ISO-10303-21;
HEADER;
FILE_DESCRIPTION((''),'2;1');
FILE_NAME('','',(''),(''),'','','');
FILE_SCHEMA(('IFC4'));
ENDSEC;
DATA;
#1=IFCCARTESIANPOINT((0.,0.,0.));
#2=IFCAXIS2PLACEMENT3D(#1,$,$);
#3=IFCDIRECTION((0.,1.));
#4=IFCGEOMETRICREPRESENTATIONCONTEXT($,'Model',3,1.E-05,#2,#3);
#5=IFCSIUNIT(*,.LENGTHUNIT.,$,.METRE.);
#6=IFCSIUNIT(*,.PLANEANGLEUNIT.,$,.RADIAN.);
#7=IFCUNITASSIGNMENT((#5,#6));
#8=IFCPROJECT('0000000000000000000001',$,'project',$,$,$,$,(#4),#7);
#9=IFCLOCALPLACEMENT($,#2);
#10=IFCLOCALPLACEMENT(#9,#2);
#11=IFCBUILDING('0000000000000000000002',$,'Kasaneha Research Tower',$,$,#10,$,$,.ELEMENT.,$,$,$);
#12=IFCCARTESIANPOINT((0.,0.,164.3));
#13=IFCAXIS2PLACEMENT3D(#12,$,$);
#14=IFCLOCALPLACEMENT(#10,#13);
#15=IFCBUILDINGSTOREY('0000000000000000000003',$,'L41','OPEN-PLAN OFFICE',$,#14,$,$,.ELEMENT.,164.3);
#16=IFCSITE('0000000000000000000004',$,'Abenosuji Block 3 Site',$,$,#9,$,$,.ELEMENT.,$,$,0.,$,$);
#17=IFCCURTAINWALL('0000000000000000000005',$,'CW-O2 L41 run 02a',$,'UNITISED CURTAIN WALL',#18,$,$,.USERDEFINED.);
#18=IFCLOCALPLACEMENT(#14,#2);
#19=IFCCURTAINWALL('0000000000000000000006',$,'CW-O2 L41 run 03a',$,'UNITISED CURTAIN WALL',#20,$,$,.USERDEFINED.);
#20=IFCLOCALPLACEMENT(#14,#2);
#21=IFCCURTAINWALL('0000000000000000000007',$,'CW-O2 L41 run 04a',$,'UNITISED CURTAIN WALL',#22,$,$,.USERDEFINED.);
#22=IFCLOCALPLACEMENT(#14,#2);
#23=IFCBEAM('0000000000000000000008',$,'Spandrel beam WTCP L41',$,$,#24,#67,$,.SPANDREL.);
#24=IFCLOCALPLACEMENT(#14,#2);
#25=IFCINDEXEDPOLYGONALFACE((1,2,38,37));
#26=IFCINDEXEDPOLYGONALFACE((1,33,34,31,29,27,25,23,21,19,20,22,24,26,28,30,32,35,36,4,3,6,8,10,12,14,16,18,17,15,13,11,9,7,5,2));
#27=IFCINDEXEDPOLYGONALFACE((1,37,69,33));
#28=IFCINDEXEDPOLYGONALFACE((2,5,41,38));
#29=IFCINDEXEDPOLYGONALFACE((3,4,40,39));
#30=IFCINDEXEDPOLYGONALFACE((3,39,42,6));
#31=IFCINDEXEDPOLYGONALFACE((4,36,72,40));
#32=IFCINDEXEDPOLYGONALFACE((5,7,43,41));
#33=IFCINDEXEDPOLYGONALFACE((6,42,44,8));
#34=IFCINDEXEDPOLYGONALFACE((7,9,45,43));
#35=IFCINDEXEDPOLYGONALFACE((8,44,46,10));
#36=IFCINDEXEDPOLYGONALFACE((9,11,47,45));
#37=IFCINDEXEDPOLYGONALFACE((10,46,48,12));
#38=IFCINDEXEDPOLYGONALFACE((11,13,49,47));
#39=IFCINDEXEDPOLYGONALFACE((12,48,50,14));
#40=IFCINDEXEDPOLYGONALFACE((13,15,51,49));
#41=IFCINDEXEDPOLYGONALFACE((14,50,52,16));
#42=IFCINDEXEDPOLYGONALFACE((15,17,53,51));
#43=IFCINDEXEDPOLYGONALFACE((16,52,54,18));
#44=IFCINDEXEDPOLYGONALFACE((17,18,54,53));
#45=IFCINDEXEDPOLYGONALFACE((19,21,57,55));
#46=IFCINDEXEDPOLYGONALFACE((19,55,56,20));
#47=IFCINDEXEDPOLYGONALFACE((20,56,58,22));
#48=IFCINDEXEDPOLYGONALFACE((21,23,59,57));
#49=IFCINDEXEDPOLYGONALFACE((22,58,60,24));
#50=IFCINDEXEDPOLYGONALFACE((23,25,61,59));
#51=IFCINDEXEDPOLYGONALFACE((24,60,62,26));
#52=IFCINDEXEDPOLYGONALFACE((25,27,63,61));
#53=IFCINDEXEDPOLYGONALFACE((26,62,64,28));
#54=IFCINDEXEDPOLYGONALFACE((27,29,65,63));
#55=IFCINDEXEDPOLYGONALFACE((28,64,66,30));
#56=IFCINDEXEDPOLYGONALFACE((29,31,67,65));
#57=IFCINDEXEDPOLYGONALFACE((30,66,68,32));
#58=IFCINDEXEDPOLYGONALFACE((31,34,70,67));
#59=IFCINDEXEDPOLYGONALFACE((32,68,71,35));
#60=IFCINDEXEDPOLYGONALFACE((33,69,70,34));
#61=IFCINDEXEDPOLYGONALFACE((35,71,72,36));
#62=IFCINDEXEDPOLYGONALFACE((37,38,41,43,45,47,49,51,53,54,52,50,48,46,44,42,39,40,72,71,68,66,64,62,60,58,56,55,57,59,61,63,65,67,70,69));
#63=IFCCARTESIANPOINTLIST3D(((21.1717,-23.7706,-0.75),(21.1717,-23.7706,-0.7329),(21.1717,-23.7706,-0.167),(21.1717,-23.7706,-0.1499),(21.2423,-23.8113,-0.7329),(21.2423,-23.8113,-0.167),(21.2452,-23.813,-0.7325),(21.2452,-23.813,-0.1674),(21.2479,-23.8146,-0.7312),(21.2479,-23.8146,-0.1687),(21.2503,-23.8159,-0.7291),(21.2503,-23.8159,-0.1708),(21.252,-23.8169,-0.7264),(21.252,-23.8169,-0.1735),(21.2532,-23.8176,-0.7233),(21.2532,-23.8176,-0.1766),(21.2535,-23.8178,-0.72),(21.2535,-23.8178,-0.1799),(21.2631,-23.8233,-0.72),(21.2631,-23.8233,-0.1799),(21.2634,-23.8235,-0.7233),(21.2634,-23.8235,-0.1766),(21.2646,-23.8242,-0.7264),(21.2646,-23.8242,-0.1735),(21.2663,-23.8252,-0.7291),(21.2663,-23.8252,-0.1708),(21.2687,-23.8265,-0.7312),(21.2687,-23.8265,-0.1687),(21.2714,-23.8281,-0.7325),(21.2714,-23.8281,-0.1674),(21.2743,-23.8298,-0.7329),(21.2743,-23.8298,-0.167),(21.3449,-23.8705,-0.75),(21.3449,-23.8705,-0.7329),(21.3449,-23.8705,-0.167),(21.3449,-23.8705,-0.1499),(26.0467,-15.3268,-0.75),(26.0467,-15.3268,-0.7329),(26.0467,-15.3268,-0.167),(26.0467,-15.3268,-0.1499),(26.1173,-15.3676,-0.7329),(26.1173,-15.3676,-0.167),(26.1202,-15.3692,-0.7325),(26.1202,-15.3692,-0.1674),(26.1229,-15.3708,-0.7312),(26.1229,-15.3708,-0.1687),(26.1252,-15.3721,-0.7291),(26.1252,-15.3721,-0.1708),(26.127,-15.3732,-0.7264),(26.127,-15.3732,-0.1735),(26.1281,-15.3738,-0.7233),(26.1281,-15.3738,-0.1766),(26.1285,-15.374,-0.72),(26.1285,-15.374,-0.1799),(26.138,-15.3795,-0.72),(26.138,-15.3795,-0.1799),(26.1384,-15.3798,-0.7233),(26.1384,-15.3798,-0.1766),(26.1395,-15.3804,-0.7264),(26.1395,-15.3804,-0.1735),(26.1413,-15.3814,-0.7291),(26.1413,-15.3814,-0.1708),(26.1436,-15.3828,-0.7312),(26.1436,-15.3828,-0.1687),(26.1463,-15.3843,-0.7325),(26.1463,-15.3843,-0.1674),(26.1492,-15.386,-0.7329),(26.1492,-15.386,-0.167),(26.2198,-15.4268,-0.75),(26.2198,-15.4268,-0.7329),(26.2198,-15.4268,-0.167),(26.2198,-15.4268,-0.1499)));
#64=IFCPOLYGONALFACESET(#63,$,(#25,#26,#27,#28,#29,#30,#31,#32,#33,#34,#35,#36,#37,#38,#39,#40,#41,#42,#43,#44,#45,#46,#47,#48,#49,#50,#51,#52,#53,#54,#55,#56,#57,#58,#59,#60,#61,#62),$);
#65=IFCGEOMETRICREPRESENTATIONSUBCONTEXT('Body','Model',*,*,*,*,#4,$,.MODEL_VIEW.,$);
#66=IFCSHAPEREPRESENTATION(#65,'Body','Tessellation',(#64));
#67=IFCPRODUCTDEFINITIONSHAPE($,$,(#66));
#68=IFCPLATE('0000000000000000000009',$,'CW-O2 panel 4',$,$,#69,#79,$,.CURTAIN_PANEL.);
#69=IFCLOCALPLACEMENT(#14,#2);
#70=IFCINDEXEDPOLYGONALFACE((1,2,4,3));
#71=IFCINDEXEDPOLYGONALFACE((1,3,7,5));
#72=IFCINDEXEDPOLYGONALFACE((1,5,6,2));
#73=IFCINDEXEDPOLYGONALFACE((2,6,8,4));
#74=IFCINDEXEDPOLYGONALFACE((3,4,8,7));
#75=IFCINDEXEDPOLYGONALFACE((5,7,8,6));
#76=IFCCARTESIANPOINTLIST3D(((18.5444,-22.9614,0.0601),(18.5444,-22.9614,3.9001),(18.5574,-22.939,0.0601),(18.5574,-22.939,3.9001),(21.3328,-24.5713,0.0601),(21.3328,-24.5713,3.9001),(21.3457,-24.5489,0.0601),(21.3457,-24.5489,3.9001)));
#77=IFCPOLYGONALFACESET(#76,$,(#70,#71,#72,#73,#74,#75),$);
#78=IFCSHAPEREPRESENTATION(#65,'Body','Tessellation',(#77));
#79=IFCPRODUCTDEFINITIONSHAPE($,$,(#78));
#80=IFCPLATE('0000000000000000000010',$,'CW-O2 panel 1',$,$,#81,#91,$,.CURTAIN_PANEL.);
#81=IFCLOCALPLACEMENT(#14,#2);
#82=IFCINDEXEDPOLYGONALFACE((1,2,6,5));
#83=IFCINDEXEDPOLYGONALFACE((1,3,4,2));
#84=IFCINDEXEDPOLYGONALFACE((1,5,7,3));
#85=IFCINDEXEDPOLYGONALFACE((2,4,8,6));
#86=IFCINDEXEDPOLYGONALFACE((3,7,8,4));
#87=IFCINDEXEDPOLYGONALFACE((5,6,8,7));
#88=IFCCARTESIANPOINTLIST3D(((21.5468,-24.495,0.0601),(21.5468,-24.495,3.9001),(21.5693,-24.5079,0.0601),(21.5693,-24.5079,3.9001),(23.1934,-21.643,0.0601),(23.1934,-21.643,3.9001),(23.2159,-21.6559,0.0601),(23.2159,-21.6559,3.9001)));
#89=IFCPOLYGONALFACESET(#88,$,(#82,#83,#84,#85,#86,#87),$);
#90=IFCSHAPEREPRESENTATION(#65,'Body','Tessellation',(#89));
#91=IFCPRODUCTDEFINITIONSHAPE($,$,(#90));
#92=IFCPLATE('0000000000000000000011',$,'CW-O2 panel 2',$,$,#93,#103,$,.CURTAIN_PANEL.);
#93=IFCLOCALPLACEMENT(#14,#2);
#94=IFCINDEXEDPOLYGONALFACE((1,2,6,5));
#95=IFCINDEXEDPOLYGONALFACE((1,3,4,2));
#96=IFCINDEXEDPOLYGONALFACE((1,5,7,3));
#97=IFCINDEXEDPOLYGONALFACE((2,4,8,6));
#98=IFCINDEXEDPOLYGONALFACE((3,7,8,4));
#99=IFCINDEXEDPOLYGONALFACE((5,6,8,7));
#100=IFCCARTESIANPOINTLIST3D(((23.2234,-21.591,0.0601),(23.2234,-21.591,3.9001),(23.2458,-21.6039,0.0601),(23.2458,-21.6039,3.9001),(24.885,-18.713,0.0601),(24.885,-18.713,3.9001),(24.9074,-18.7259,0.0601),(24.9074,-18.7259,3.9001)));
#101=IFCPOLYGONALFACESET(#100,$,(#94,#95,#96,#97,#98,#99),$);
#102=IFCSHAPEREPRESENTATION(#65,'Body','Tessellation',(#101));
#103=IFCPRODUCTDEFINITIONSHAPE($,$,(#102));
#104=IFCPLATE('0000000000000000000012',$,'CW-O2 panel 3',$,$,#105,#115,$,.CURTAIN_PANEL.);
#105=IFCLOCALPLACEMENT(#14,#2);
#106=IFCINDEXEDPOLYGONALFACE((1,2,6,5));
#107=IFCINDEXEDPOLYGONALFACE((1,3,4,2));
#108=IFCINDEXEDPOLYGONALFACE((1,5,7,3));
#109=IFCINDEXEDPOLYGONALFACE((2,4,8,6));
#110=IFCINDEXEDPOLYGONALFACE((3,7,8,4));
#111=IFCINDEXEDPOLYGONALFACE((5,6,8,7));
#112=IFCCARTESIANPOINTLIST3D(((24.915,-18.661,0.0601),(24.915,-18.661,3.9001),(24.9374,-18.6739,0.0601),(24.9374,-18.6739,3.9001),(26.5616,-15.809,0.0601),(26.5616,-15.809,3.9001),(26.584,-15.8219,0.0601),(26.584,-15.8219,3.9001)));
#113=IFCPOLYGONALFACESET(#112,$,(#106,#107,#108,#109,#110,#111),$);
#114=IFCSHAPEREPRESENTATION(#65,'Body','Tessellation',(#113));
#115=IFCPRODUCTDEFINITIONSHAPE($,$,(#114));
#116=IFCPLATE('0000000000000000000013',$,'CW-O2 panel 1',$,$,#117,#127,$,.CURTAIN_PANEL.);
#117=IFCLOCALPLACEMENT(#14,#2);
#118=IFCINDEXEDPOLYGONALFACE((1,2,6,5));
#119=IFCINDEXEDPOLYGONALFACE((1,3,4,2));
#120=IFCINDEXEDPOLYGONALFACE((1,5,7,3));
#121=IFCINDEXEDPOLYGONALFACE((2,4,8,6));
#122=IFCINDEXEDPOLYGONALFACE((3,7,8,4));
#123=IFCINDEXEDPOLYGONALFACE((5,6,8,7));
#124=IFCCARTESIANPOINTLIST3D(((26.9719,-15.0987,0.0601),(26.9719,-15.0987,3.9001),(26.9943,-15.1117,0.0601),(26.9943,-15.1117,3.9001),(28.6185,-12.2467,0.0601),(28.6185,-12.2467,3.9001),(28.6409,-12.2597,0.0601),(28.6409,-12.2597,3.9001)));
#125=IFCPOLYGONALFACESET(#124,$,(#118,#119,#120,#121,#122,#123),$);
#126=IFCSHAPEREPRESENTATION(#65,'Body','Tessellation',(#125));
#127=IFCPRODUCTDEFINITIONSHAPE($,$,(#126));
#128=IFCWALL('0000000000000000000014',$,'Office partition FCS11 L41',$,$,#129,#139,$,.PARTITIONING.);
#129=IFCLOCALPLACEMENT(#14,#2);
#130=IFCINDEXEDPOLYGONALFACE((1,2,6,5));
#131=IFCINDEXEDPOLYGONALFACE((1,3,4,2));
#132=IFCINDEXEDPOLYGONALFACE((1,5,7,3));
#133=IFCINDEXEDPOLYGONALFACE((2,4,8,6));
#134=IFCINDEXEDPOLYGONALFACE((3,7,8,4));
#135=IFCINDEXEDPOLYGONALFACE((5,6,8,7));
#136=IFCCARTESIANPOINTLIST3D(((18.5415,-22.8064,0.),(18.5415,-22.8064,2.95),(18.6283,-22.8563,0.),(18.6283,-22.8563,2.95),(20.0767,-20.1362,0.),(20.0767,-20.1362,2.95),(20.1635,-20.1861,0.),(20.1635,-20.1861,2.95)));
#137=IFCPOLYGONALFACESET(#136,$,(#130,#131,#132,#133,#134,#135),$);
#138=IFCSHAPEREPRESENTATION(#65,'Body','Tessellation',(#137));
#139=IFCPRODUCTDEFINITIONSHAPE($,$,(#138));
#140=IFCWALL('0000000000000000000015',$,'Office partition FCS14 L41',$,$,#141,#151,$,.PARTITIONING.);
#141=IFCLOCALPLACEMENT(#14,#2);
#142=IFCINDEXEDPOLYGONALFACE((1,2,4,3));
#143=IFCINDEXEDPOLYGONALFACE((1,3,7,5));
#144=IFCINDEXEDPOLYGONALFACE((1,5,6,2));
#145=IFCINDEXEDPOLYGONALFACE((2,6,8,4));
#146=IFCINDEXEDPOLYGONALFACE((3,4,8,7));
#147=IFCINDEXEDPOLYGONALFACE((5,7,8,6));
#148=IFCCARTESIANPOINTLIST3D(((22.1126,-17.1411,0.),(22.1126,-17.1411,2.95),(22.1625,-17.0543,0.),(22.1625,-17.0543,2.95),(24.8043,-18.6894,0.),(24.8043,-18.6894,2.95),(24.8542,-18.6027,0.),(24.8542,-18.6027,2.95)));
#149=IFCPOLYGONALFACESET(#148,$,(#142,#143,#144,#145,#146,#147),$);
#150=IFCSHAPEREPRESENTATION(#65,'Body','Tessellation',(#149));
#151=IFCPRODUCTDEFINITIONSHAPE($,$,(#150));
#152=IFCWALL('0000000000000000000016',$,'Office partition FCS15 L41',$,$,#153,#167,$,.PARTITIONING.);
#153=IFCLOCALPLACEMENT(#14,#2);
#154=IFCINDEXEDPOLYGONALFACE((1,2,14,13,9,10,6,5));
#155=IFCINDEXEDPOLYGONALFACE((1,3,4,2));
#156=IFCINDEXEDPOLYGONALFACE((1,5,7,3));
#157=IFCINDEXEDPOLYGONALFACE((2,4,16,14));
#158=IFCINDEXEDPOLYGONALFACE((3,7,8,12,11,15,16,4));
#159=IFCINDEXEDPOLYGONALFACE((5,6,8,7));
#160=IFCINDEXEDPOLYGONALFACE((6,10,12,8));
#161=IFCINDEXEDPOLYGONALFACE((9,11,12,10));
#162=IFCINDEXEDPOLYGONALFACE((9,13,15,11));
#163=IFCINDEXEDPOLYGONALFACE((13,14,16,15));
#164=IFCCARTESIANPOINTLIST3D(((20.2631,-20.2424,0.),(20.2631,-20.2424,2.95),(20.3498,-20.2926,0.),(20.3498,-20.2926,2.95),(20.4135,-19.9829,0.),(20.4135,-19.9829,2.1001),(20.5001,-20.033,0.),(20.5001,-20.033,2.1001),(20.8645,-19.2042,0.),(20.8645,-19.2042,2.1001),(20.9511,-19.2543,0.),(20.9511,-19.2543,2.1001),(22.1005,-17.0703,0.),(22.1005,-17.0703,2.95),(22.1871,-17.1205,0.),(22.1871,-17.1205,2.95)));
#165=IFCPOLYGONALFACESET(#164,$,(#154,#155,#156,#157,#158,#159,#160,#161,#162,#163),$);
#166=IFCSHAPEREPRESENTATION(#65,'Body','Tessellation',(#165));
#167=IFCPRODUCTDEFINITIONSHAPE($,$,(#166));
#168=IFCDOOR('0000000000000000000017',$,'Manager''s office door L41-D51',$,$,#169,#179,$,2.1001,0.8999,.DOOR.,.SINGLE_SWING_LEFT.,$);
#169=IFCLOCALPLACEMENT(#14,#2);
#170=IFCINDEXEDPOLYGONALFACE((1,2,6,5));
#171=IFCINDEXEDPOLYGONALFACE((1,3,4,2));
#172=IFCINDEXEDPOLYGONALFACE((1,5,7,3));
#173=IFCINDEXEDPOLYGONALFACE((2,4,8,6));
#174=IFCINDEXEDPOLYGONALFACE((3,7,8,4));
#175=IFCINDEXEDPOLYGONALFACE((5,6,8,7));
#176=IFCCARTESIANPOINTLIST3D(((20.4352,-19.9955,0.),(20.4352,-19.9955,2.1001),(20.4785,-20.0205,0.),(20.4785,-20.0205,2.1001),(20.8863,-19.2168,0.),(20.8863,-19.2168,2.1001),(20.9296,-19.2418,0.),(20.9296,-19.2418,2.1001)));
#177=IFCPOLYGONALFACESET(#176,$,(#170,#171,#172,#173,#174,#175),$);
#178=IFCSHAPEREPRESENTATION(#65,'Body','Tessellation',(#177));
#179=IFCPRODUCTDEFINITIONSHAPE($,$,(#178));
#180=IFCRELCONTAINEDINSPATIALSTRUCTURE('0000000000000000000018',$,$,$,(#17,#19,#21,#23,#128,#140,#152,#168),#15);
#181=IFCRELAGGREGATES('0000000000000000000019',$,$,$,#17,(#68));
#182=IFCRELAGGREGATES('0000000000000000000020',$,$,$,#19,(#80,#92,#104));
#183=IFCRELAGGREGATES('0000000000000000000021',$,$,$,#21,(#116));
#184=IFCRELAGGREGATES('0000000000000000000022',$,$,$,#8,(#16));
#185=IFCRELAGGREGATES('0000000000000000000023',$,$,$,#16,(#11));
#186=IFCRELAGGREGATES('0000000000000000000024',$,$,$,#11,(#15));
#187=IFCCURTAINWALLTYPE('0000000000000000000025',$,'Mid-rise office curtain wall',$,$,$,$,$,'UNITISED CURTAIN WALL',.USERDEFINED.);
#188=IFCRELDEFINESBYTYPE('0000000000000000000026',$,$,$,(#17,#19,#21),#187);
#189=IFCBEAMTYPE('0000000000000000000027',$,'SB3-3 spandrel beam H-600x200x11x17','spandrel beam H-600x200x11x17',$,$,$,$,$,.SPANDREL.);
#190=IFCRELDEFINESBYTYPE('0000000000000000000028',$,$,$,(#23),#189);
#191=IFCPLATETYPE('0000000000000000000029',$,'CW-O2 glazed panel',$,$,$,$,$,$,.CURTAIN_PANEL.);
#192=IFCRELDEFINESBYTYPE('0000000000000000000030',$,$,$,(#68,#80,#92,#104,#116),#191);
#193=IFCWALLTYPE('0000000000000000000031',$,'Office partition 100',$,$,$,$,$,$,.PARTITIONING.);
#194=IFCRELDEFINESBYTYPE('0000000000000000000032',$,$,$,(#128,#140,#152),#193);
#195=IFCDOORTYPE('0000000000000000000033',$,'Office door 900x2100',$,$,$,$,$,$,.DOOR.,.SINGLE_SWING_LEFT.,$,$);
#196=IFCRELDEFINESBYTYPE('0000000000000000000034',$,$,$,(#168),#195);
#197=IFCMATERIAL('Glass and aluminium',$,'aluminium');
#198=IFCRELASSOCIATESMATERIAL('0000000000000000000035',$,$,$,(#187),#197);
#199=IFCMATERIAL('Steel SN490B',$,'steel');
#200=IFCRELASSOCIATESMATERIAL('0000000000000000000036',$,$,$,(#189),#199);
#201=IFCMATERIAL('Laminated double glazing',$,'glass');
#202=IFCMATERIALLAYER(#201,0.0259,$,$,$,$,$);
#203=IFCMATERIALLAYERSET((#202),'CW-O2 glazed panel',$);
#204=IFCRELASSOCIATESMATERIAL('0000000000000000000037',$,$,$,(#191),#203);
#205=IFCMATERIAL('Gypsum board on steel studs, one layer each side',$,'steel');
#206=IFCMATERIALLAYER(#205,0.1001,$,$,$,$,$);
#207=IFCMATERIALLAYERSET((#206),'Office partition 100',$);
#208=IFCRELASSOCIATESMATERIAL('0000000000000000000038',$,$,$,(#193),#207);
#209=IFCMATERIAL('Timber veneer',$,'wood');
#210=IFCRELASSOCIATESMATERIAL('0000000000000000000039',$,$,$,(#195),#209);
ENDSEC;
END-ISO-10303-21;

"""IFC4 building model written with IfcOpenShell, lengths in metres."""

from ifc_helpers import new_model, si_unit, direction, frame, frame_2d, origin, origin_2d, place, context, subcontext, project, spatial, rectangle, i_section, extrude, material, layer, layer_set, material_profile, profile_set, type_object, element, fill, aggregate, save


model = new_model("IFC4")

# Units and contexts
model_context = context("Model", 3, precision=1e-05, world=origin(), true_north=direction((0.0, 1.0)))
body_context = subcontext(model_context, "Body", "Model", "MODEL_VIEW")
ifc_project = project(units=[si_unit("LENGTHUNIT", "METRE"), si_unit("PLANEANGLEUNIT", "RADIAN")], contexts=[model_context])

# Site, building, storey
site_placement = place(None, origin())
site = spatial("IfcSite", under=ifc_project, at=site_placement, Name="Abenosuji Block 3 Site", CompositionType="ELEMENT", RefElevation=0.0)
building_placement = place(site_placement, origin())
building = spatial("IfcBuilding", under=site, at=building_placement, Name="Kasaneha Research Tower", CompositionType="ELEMENT")
storey_placement = place(building_placement, frame((0.0, 0.0, 164.3)))
storey = spatial("IfcBuildingStorey", under=building, at=storey_placement, Name="L41", Description="OPEN-PLAN OFFICE", CompositionType="ELEMENT", Elevation=164.3)

# Curtain wall
ifc_material_1 = material(Name="Glass and aluminium", Category="aluminium")
curtain_wall_type = type_object("IfcCurtainWallType", Name="Mid-rise office curtain wall", ElementType="UNITISED CURTAIN WALL", PredefinedType="USERDEFINED", material=ifc_material_1)
curtain_wall_1_placement = place(storey_placement, origin())
curtain_wall_1 = element("IfcCurtainWall", 1, at=curtain_wall_1_placement, inside=storey, type_object=curtain_wall_type, Name="CW-O2 L41 run 02a", ObjectType="UNITISED CURTAIN WALL", PredefinedType="USERDEFINED")

# Curtain walls
curtain_wall_2_placement = place(storey_placement, origin())
curtain_wall_2 = element("IfcCurtainWall", 2, at=curtain_wall_2_placement, inside=storey, type_object=curtain_wall_type, Name="CW-O2 L41 run 03a", ObjectType="UNITISED CURTAIN WALL", PredefinedType="USERDEFINED")
curtain_wall_3_placement = place(storey_placement, origin())
curtain_wall_3 = element("IfcCurtainWall", 3, at=curtain_wall_3_placement, inside=storey, type_object=curtain_wall_type, Name="CW-O2 L41 run 04a", ObjectType="UNITISED CURTAIN WALL", PredefinedType="USERDEFINED")

# Beam
ifc_material_2 = material(Name="Steel SN490B", Category="steel")
ifc_material_profile_1 = material_profile(ifc_material_2, i_section(OverallWidth=0.2, OverallDepth=0.6001, WebThickness=0.011, FlangeThickness=0.0171, FilletRadius=0.0129, at=origin_2d()), Name="H-600x200x11x17")
ifc_profile_set_1 = profile_set([ifc_material_profile_1], Name="Steel SN490B")
beam_type = type_object("IfcBeamType", Name="SB3-3 spandrel beam H-600x200x11x17", Description="spandrel beam H-600x200x11x17", PredefinedType="SPANDREL", material=ifc_profile_set_1)
beam_placement = place(storey_placement, frame((21.2583, -23.8206, -0.45), z_axis=(0.499996, 0.866028, 0.0), x_axis=(-0.866028, 0.499996, 0.0)))
element("IfcBeam", 4, at=beam_placement, inside=storey, type_object=beam_type, Name="Spandrel beam WTCP L41", PredefinedType="SPANDREL", context=body_context, shape_type="SweptSolid", body=[
    extrude(i_section(OverallWidth=0.2, OverallDepth=0.6001, WebThickness=0.011, FlangeThickness=0.0171, FilletRadius=0.0129, at=origin_2d()), origin(), (0.0, 0.0, 1.0), 9.75),
])

# Plates
ifc_material_3 = material(Name="Laminated double glazing", Category="glass")
ifc_layer_1 = layer(ifc_material_3, 0.0259)
ifc_layer_set_1 = layer_set([ifc_layer_1], Name="CW-O2 glazed panel")
plate_type = type_object("IfcPlateType", Name="CW-O2 glazed panel", PredefinedType="CURTAIN_PANEL", material=ifc_layer_set_1)
plate_1_placement = place(storey_placement, frame((19.9451, -23.7551, 0.0601), z_axis=(0.0, 0.0, 1.0), x_axis=(0.866025, -0.5, 0.0)))
plate_1 = element("IfcPlate", 5, at=plate_1_placement, type_object=plate_type, Name="CW-O2 panel 4", PredefinedType="CURTAIN_PANEL", context=body_context, shape_type="SweptSolid", body=[
    extrude(rectangle(XDim=3.2197, YDim=0.0259, at=origin_2d()), origin(), (0.0, 0.0, 1.0), 3.8401),
])
aggregate(curtain_wall_1, [plate_1])
plate_2_placement = place(storey_placement, frame((22.3813, -23.0754, 0.0601), z_axis=(0.0, 0.0, 1.0), x_axis=(0.5, 0.866025, 0.0)))
plate_2 = element("IfcPlate", 6, at=plate_2_placement, type_object=plate_type, Name="CW-O2 panel 1", PredefinedType="CURTAIN_PANEL", context=body_context, shape_type="SweptSolid", body=[
    extrude(rectangle(XDim=3.2932, YDim=0.0259, at=origin_2d()), origin(), (0.0, 0.0, 1.0), 3.8401),
])
plate_3_placement = place(storey_placement, frame((24.0654, -20.1584, 0.0601), z_axis=(0.0, 0.0, 1.0), x_axis=(0.5, 0.866025, 0.0)))
plate_3 = element("IfcPlate", 7, at=plate_3_placement, type_object=plate_type, Name="CW-O2 panel 2", PredefinedType="CURTAIN_PANEL", context=body_context, shape_type="SweptSolid", body=[
    extrude(rectangle(XDim=3.3232, YDim=0.0259, at=origin_2d()), origin(), (0.0, 0.0, 1.0), 3.8401),
])
plate_4_placement = place(storey_placement, frame((25.7495, -17.2415, 0.0601), z_axis=(0.0, 0.0, 1.0), x_axis=(0.5, 0.866025, 0.0)))
plate_4 = element("IfcPlate", 8, at=plate_4_placement, type_object=plate_type, Name="CW-O2 panel 3", PredefinedType="CURTAIN_PANEL", context=body_context, shape_type="SweptSolid", body=[
    extrude(rectangle(XDim=3.2932, YDim=0.0259, at=origin_2d()), origin(), (0.0, 0.0, 1.0), 3.8401),
])
aggregate(curtain_wall_2, [plate_2, plate_3, plate_4])
plate_5_placement = place(storey_placement, frame((27.8064, -13.6792, 0.0601), z_axis=(0.0, 0.0, 1.0), x_axis=(0.5, 0.866025, 0.0)))
plate_5 = element("IfcPlate", 9, at=plate_5_placement, type_object=plate_type, Name="CW-O2 panel 1", PredefinedType="CURTAIN_PANEL", context=body_context, shape_type="SweptSolid", body=[
    extrude(rectangle(XDim=3.2932, YDim=0.0259, at=origin_2d()), origin(), (0.0, 0.0, 1.0), 3.8401),
])
aggregate(curtain_wall_3, [plate_5])

# Walls
ifc_material_4 = material(Name="Gypsum board on steel studs, one layer each side", Category="steel")
ifc_layer_2 = layer(ifc_material_4, 0.1001)
ifc_layer_set_2 = layer_set([ifc_layer_2], Name="Office partition 100")
wall_type_1 = type_object("IfcWallType", Name="Office partition 100", PredefinedType="PARTITIONING", material=ifc_layer_set_2)
wall_1_placement = place(storey_placement, frame((20.1201, -20.1611, 0.0), z_axis=(0.0, 0.0, 1.0), x_axis=(-0.498425, -0.866933, 0.0)))
element("IfcWall", 10, at=wall_1_placement, inside=storey, type_object=wall_type_1, Name="Office partition FCS11 L41", PredefinedType="PARTITIONING", context=body_context, shape_type="SweptSolid", body=[
    extrude(rectangle(XDim=3.0801, YDim=0.1001, at=frame_2d((1.54, 0.0))), origin(), (0.0, 0.0, 1.0), 2.95),
])
wall_2_placement = place(storey_placement, frame((22.1375, -17.0977, 0.0), z_axis=(0.0, 0.0, 1.0), x_axis=(0.866817, -0.498626, 0.0)))
element("IfcWall", 11, at=wall_2_placement, inside=storey, type_object=wall_type_1, Name="Office partition FCS14 L41", PredefinedType="PARTITIONING", context=body_context, shape_type="SweptSolid", body=[
    extrude(rectangle(XDim=3.1052, YDim=0.1001, at=frame_2d((1.5527, 0.0))), origin(), (0.0, 0.0, 1.0), 2.95),
])

# Wall, opening, door
wall_3_placement = place(storey_placement, frame((20.3064, -20.2676, 0.0), z_axis=(0.0, 0.0, 1.0), x_axis=(0.501223, 0.865318, 0.0)))
wall_3 = element("IfcWall", 12, at=wall_3_placement, inside=storey, type_object=wall_type_1, Name="Office partition FCS15 L41", PredefinedType="PARTITIONING", context=body_context, shape_type="SweptSolid", body=[
    extrude(rectangle(XDim=3.6658, YDim=0.1001, at=frame_2d((1.833, 0.0))), origin(), (0.0, 0.0, 1.0), 2.95),
])
opening_1_placement = place(wall_3_placement, frame((0.3, 0.0, 0.0)))
opening_1 = element("IfcOpeningElement", 13, at=opening_1_placement, cuts=wall_3, PredefinedType="OPENING", context=body_context, shape_type="SweptSolid", body=[
    extrude(rectangle(XDim=0.8999, YDim=2.1001, at=frame_2d((0.45, 1.05))), frame((0.0, 0.0601, 0.0), z_axis=(0.0, -1.0, 0.0), x_axis=(1.0, 0.0, 0.0)), (0.0, 0.0, 1.0), 0.1201),
])
ifc_material_5 = material(Name="Timber veneer", Category="wood")
door_type_1 = type_object("IfcDoorType", Name="Office door 900x2100", OperationType="SINGLE_SWING_LEFT", PredefinedType="DOOR", material=ifc_material_5)
door_1_placement = place(opening_1_placement, origin())
door_1 = element("IfcDoor", 14, at=door_1_placement, inside=storey, type_object=door_type_1, Name="Manager's office door L41-D51", OperationType="SINGLE_SWING_LEFT", OverallHeight=2.1001, OverallWidth=0.8999, PredefinedType="DOOR", context=body_context, shape_type="SweptSolid", body=[
    extrude(rectangle(XDim=0.8999, YDim=2.1001, at=frame_2d((0.45, 1.05))), frame((0.0, 0.0249, 0.0), z_axis=(0.0, -1.0, 0.0), x_axis=(1.0, 0.0, 0.0)), (0.0, 0.0, 1.0), 0.05),
])
fill(opening_1, door_1)

save(model, "model.ifc")
